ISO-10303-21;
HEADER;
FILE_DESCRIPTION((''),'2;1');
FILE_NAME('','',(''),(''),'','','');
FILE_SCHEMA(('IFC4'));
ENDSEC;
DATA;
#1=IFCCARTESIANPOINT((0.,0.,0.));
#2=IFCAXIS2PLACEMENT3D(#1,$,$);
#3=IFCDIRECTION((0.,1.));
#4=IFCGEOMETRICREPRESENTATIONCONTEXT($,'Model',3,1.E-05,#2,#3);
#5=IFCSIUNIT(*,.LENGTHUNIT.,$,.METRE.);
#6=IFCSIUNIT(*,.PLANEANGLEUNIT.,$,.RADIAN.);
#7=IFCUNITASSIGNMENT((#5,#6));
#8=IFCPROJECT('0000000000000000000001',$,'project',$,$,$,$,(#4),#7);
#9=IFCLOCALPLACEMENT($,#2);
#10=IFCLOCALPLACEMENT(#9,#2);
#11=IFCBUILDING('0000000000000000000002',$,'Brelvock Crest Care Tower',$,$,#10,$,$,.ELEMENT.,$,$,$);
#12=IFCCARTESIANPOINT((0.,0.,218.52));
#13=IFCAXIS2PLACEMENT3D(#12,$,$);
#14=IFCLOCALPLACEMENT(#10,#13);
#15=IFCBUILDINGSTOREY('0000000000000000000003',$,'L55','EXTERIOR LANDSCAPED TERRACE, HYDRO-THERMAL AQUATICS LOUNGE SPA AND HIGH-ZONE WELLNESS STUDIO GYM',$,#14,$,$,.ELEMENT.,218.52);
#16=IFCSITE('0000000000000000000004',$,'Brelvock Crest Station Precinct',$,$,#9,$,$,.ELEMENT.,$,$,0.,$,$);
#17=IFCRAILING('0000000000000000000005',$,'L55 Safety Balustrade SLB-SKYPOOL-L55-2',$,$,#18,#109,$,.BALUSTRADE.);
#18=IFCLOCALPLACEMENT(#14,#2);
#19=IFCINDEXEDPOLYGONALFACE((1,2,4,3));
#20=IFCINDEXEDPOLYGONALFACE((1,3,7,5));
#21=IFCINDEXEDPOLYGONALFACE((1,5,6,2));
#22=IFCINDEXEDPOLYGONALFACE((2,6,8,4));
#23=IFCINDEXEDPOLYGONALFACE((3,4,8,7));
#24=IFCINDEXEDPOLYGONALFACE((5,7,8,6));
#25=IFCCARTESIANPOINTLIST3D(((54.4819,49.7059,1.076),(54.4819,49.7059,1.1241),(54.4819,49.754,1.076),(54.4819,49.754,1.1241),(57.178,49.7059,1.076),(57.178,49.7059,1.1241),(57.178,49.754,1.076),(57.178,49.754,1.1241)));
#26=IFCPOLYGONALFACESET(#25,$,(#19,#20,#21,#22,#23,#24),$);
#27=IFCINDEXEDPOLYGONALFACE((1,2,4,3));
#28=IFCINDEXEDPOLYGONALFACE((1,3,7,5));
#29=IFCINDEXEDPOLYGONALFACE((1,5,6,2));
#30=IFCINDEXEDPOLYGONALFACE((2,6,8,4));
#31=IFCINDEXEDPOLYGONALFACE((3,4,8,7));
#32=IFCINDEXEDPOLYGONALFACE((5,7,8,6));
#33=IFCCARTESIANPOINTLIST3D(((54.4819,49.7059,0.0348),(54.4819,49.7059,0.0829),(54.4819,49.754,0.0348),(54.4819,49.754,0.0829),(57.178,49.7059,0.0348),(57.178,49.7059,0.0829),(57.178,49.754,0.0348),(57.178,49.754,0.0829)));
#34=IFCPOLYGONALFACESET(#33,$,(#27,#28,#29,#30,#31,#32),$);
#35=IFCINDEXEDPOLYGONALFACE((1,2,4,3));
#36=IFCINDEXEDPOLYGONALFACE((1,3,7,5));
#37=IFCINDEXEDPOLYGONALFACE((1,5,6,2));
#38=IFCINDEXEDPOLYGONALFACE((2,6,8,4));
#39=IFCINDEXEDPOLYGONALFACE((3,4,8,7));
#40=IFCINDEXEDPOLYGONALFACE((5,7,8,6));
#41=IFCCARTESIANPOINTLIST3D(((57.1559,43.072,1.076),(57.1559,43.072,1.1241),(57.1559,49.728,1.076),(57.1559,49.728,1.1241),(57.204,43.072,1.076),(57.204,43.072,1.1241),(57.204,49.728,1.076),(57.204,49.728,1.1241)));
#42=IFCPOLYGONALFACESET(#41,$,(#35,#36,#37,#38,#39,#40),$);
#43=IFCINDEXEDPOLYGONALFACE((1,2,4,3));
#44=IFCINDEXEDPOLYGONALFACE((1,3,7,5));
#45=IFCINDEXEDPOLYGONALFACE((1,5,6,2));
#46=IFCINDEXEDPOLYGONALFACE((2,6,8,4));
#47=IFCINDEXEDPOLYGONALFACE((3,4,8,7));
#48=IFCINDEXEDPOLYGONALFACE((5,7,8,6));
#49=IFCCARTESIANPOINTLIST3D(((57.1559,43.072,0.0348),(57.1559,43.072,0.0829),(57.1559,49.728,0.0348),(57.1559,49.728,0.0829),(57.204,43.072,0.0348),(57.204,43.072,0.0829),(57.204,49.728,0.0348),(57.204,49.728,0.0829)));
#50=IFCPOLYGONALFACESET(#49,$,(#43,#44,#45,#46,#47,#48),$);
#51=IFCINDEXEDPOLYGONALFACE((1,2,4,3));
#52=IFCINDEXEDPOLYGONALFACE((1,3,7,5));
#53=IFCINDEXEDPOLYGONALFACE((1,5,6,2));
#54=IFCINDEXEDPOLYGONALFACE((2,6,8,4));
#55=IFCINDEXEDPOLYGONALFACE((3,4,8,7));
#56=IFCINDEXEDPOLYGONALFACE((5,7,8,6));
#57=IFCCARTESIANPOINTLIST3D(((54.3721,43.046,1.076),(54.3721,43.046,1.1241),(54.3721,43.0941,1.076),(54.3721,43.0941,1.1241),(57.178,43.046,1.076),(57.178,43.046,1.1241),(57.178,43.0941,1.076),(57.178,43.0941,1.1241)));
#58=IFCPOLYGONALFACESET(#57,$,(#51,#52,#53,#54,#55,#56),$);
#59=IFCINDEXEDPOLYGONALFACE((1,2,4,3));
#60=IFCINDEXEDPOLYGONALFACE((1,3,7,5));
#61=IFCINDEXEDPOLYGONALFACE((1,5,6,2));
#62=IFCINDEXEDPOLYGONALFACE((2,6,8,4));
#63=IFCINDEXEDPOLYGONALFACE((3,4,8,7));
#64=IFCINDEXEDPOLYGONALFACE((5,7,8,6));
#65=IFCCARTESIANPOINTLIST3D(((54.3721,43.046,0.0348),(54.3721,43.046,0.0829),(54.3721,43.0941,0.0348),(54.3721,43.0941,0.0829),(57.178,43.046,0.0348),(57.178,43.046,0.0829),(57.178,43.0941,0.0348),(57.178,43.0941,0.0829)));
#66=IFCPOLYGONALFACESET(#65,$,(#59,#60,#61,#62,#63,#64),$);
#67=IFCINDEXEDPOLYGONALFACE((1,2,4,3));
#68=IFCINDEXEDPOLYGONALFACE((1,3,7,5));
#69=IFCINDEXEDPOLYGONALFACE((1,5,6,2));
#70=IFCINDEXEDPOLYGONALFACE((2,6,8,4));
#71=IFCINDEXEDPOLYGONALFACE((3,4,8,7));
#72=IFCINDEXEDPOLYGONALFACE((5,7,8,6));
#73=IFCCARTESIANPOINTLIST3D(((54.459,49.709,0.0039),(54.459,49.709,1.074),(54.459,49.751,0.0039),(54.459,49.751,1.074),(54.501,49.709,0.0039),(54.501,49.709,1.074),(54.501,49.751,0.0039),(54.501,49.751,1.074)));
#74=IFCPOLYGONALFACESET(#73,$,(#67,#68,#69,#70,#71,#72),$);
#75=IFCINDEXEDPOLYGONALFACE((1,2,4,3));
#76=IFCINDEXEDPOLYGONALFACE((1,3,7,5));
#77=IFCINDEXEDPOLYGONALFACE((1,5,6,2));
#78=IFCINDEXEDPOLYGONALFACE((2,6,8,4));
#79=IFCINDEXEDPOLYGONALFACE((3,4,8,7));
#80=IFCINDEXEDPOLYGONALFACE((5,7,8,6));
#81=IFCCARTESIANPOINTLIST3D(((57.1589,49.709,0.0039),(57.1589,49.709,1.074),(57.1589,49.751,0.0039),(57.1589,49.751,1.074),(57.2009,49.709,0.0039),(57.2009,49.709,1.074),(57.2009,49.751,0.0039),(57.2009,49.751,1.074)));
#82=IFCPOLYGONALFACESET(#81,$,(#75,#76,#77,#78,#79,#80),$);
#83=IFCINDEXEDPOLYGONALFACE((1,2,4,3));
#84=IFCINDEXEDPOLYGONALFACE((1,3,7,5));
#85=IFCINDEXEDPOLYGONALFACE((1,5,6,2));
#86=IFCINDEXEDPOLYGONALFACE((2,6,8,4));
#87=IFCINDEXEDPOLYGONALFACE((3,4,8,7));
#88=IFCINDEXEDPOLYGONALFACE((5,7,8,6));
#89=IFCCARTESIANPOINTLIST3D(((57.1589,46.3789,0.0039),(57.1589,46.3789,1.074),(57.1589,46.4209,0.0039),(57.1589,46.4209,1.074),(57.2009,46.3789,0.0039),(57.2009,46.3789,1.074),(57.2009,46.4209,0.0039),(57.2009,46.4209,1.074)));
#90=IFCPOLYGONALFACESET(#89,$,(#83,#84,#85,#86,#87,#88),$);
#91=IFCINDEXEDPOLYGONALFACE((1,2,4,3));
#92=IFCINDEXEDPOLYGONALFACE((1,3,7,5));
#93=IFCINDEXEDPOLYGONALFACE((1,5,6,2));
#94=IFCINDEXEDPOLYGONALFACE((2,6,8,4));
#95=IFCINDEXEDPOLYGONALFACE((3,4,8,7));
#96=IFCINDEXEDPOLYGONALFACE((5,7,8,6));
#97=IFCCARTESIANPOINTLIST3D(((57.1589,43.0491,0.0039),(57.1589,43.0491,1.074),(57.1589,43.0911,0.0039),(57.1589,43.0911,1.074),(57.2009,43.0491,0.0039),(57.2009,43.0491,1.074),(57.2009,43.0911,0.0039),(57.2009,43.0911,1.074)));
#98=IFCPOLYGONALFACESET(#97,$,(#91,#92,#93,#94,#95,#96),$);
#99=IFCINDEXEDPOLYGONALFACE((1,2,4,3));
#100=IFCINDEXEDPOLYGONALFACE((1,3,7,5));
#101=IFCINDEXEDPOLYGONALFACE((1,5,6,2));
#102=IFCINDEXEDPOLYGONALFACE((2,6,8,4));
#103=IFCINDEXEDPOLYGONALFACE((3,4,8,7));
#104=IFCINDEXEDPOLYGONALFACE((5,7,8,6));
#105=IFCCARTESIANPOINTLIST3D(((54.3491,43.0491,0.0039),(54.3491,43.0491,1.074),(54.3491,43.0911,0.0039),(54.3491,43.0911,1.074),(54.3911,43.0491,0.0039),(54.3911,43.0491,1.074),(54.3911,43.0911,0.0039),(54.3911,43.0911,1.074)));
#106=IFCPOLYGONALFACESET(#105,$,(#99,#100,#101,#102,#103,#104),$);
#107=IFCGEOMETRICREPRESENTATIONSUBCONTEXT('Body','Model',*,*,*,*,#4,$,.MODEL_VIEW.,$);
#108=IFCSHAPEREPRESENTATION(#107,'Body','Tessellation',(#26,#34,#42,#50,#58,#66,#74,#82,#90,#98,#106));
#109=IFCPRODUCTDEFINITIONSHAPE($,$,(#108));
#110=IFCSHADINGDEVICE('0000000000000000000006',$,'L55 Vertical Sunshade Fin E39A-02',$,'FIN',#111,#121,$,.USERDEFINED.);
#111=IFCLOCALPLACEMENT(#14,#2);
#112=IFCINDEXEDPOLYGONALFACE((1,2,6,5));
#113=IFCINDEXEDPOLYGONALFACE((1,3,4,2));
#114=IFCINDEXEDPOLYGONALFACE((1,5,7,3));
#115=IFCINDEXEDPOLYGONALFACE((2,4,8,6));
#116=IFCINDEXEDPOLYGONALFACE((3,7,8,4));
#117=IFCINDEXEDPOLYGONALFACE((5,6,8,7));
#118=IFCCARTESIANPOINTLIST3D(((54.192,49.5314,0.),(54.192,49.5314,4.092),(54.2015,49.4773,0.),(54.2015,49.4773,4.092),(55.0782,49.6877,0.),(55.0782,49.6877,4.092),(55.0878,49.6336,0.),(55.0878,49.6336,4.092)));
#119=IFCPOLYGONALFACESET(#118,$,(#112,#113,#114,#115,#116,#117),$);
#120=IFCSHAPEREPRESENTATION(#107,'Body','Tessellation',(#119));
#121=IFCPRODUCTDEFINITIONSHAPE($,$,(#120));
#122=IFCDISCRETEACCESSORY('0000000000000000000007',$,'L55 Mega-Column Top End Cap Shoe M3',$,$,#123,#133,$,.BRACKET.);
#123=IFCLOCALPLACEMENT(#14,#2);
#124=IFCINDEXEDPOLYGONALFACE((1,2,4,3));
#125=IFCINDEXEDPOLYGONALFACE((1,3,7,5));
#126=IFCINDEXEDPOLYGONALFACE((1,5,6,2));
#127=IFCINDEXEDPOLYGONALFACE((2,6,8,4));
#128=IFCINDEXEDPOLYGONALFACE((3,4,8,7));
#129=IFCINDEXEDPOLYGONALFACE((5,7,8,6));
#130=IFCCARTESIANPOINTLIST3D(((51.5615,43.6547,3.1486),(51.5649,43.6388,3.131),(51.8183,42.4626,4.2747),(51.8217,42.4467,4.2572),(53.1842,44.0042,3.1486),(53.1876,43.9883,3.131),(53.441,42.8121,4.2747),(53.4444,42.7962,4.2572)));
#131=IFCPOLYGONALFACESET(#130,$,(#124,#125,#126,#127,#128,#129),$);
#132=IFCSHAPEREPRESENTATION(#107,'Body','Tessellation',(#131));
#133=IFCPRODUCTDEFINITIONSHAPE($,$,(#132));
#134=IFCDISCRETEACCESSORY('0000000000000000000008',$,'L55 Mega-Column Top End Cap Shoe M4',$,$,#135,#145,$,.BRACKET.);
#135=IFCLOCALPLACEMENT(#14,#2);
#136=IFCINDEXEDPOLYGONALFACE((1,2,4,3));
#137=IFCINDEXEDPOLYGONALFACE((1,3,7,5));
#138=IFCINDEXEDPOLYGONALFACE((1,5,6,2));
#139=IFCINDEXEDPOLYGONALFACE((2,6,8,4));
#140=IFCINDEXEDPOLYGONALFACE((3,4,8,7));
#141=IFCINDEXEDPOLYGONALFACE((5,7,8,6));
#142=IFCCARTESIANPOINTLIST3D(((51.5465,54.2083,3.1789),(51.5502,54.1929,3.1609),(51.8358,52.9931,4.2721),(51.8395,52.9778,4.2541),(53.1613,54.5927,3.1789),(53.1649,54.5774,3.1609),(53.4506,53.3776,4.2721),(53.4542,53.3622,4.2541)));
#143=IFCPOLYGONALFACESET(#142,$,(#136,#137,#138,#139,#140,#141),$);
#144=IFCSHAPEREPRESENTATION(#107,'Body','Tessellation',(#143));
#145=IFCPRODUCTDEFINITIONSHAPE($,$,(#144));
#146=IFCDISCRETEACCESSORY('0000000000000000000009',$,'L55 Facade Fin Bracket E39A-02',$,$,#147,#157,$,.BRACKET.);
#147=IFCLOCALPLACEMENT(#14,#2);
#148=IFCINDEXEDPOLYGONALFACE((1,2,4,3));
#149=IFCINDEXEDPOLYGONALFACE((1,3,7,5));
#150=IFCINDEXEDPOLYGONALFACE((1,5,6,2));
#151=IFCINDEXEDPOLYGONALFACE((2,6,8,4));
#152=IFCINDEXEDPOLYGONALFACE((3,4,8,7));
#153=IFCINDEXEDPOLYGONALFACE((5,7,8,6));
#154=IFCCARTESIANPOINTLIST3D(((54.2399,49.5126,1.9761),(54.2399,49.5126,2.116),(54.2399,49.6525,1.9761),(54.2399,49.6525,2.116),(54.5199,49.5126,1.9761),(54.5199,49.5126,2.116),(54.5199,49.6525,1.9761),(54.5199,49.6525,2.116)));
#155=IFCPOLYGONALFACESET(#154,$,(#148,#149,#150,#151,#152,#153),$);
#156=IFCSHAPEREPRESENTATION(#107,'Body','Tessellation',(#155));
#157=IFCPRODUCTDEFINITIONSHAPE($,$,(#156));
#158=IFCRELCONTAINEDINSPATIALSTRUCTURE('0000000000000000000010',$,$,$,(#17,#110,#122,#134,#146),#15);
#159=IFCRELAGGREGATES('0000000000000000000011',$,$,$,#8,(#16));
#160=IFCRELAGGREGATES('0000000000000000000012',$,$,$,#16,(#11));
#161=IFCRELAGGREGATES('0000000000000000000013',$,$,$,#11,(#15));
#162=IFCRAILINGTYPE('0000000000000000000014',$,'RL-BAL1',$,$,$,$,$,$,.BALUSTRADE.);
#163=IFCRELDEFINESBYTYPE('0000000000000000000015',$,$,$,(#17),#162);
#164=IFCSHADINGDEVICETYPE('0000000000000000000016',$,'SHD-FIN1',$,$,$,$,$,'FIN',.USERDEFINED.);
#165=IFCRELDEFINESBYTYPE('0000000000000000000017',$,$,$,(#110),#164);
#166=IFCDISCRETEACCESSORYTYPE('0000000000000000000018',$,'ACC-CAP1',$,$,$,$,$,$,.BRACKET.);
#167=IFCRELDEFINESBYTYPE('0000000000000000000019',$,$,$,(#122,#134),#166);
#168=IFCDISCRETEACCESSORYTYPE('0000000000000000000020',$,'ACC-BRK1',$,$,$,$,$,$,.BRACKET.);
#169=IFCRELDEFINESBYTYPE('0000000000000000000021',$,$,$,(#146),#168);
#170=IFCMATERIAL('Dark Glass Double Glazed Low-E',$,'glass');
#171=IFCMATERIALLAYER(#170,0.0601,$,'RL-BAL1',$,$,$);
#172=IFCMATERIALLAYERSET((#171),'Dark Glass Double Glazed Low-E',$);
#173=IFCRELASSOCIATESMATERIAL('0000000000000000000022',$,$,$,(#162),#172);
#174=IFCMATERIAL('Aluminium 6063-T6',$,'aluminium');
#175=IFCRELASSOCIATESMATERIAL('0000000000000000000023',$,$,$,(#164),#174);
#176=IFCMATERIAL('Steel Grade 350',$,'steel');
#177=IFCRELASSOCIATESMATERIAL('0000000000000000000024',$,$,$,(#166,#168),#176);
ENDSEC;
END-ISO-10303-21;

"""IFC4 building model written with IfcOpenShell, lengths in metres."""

from ifc_helpers import new_model, si_unit, direction, frame, origin, origin_2d, place, context, subcontext, project, spatial, rectangle, extrude, source, transform, mapped, material, layer, layer_set, material_profile, profile_set, type_object, element, save


model = new_model("IFC4")

# Units and contexts
model_context = context("Model", 3, precision=1e-05, world=origin(), true_north=direction((0.0, 1.0)))
body_context = subcontext(model_context, "Body", "Model", "MODEL_VIEW")
ifc_project = project(units=[si_unit("LENGTHUNIT", "METRE"), si_unit("PLANEANGLEUNIT", "RADIAN")], contexts=[model_context])

# Site, building, storey
site_placement = place(None, origin())
site = spatial("IfcSite", under=ifc_project, at=site_placement, Name="Brelvock Crest Station Precinct", CompositionType="ELEMENT", RefElevation=0.0)
building_placement = place(site_placement, origin())
building = spatial("IfcBuilding", under=site, at=building_placement, Name="Brelvock Crest Care Tower", CompositionType="ELEMENT")
storey_placement = place(building_placement, frame((0.0, 0.0, 218.52)))
storey = spatial("IfcBuildingStorey", under=building, at=storey_placement, Name="L55", Description="EXTERIOR LANDSCAPED TERRACE, HYDRO-THERMAL AQUATICS LOUNGE SPA AND HIGH-ZONE WELLNESS STUDIO GYM", CompositionType="ELEMENT", Elevation=218.52)

# Shared definitions
ifc_material_1 = material(Name="Steel Grade 350", Category="steel")

# Shared definitions
ifc_material_2 = material(Name="Dark Glass Double Glazed Low-E", Category="glass")
ifc_material_3 = material(Name="Aluminium 6063-T6", Category="aluminium")

# Railing
ifc_layer_1 = layer(ifc_material_2, 0.0601, Name="RL-BAL1")
ifc_layer_set_1 = layer_set([ifc_layer_1], Name="Dark Glass Double Glazed Low-E")
railing_type = type_object("IfcRailingType", Name="RL-BAL1", PredefinedType="BALUSTRADE", material=ifc_layer_set_1)
railing_1_placement = place(storey_placement, frame((54.48, 49.73, 0.0039)))
element("IfcRailing", 1, at=railing_1_placement, inside=storey, type_object=railing_type, Name="L55 Safety Balustrade SLB-SKYPOOL-L55-2", PredefinedType="BALUSTRADE", context=body_context, shape_type="SweptSolid", body=[
    extrude(rectangle(XDim=0.0481, YDim=0.0481, at=origin_2d()), frame((0.002, 0.0, 1.0962), z_axis=(1.0, 0.0, 0.0), x_axis=(0.0, 1.0, 0.0)), (0.0, 0.0, 1.0), 2.696),
    extrude(rectangle(XDim=0.0481, YDim=0.0481, at=origin_2d()), frame((0.002, 0.0, 0.0549), z_axis=(1.0, 0.0, 0.0), x_axis=(0.0, 1.0, 0.0)), (0.0, 0.0, 1.0), 2.696),
    extrude(rectangle(XDim=0.0481, YDim=0.0481, at=origin_2d()), frame((2.7, -0.002, 1.0962), z_axis=(0.0, -1.0, 0.0), x_axis=(1.0, 0.0, 0.0)), (0.0, 0.0, 1.0), 6.656),
    extrude(rectangle(XDim=0.0481, YDim=0.0481, at=origin_2d()), frame((2.7, -0.002, 0.0549), z_axis=(0.0, -1.0, 0.0), x_axis=(1.0, 0.0, 0.0)), (0.0, 0.0, 1.0), 6.656),
    extrude(rectangle(XDim=0.0481, YDim=0.0481, at=origin_2d()), frame((2.698, -6.6599, 1.0962), z_axis=(-1.0, 0.0, 0.0), x_axis=(0.0, -1.0, 0.0)), (0.0, 0.0, 1.0), 2.8059),
    extrude(rectangle(XDim=0.0481, YDim=0.0481, at=origin_2d()), frame((2.698, -6.6599, 0.0549), z_axis=(-1.0, 0.0, 0.0), x_axis=(0.0, -1.0, 0.0)), (0.0, 0.0, 1.0), 2.8059),
    extrude(rectangle(XDim=0.042, YDim=0.042, at=origin_2d()), origin(), (0.0, 0.0, 1.0), 1.0701),
    extrude(rectangle(XDim=0.042, YDim=0.042, at=origin_2d()), frame((2.7, 0.0, 0.0)), (0.0, 0.0, 1.0), 1.0701),
    extrude(rectangle(XDim=0.042, YDim=0.042, at=origin_2d()), frame((2.7, -3.3301, 0.0)), (0.0, 0.0, 1.0), 1.0701),
    extrude(rectangle(XDim=0.042, YDim=0.042, at=origin_2d()), frame((2.7, -6.6599, 0.0)), (0.0, 0.0, 1.0), 1.0701),
    extrude(rectangle(XDim=0.042, YDim=0.042, at=origin_2d()), frame((-0.1099, -6.6599, 0.0)), (0.0, 0.0, 1.0), 1.0701),
])

# Shading device
ifc_material_profile_1 = material_profile(ifc_material_3, rectangle(XDim=0.0549, YDim=0.8999, at=origin_2d()), Name="FIN55x900")
ifc_profile_set_1 = profile_set([ifc_material_profile_1], Name="Aluminium 6063-T6")
shading_device_type = type_object("IfcShadingDeviceType", Name="SHD-FIN1", ElementType="FIN", PredefinedType="USERDEFINED", material=ifc_profile_set_1)
shared_shape_1 = source(origin(), body_context, "Body", "SweptSolid", [
    extrude(rectangle(XDim=0.0549, YDim=0.8999, at=origin_2d()), origin(), (0.0, 0.0, 1.0), 4.092),
])
shading_device_placement = place(storey_placement, frame((54.6399, 49.5825, 0.0), z_axis=(0.0, 0.0, 1.0), x_axis=(0.173648, -0.984808, 0.0)))
element("IfcShadingDevice", 2, at=shading_device_placement, inside=storey, type_object=shading_device_type, Name="L55 Vertical Sunshade Fin E39A-02", ObjectType="FIN", PredefinedType="USERDEFINED", context=body_context, shape_type="MappedRepresentation", body=[
    mapped(shared_shape_1, transform((0.0, 0.0, 0.0), x_axis=(1.0, 0.0, 0.0), y_axis=(0.0, 1.0, 0.0), z_axis=(0.0, 0.0, 1.0), scale=1.0)),
])

# Discrete accessories
ifc_material_profile_2 = material_profile(ifc_material_1, rectangle(XDim=1.6599, YDim=1.6599, at=origin_2d()), Name="ACC-CAP1")
ifc_profile_set_2 = profile_set([ifc_material_profile_2], Name="Steel Grade 350")
discrete_accessory_type_1 = type_object("IfcDiscreteAccessoryType", Name="ACC-CAP1", PredefinedType="BRACKET", material=ifc_profile_set_2)
shared_shape_2 = source(origin(), body_context, "Body", "SweptSolid", [
    extrude(rectangle(XDim=1.6599, YDim=1.6599, at=origin_2d()), origin(), (0.0, 0.0, 1.0), 0.0239),
])
for number, where, z_axis, x_axis, name in (
    (3, (52.5046, 43.2175, 3.6941), (-0.14285, 0.663231, 0.734656), (-0.977582, -0.210556, 0.0), "L55 Mega-Column Top End Cap Shoe M3"),
    (4, (52.5022, 53.7776, 3.7075), (-0.152538, 0.64066, 0.752521), (-0.972806, -0.231621, 0.0), "L55 Mega-Column Top End Cap Shoe M4"),
):
    element("IfcDiscreteAccessory", number, at=place(storey_placement, frame(where, z_axis=z_axis, x_axis=x_axis)), inside=storey, type_object=discrete_accessory_type_1, Name=name, PredefinedType="BRACKET", context=body_context, shape_type="MappedRepresentation", body=[
        mapped(shared_shape_2, transform((0.0, 0.0, 0.0), x_axis=(1.0, 0.0, 0.0), y_axis=(0.0, 1.0, 0.0), z_axis=(0.0, 0.0, 1.0), scale=1.0)),
    ])
discrete_accessory_type_2 = type_object("IfcDiscreteAccessoryType", Name="ACC-BRK1", PredefinedType="BRACKET", material=ifc_material_1)
shared_shape_3 = source(origin(), body_context, "Body", "SweptSolid", [
    extrude(rectangle(XDim=0.28, YDim=0.1399, at=origin_2d()), origin(), (0.0, 0.0, 1.0), 0.1399),
])
discrete_accessory_placement = place(storey_placement, frame((54.3799, 49.5825, 1.9761), z_axis=(0.0, 0.0, 1.0), x_axis=(1.0, 0.0, 0.0)))
element("IfcDiscreteAccessory", 5, at=discrete_accessory_placement, inside=storey, type_object=discrete_accessory_type_2, Name="L55 Facade Fin Bracket E39A-02", PredefinedType="BRACKET", context=body_context, shape_type="MappedRepresentation", body=[
    mapped(shared_shape_3, transform((0.0, 0.0, 0.0), x_axis=(1.0, 0.0, 0.0), y_axis=(0.0, 1.0, 0.0), z_axis=(0.0, 0.0, 1.0), scale=1.0)),
])

save(model, "model.ifc")
